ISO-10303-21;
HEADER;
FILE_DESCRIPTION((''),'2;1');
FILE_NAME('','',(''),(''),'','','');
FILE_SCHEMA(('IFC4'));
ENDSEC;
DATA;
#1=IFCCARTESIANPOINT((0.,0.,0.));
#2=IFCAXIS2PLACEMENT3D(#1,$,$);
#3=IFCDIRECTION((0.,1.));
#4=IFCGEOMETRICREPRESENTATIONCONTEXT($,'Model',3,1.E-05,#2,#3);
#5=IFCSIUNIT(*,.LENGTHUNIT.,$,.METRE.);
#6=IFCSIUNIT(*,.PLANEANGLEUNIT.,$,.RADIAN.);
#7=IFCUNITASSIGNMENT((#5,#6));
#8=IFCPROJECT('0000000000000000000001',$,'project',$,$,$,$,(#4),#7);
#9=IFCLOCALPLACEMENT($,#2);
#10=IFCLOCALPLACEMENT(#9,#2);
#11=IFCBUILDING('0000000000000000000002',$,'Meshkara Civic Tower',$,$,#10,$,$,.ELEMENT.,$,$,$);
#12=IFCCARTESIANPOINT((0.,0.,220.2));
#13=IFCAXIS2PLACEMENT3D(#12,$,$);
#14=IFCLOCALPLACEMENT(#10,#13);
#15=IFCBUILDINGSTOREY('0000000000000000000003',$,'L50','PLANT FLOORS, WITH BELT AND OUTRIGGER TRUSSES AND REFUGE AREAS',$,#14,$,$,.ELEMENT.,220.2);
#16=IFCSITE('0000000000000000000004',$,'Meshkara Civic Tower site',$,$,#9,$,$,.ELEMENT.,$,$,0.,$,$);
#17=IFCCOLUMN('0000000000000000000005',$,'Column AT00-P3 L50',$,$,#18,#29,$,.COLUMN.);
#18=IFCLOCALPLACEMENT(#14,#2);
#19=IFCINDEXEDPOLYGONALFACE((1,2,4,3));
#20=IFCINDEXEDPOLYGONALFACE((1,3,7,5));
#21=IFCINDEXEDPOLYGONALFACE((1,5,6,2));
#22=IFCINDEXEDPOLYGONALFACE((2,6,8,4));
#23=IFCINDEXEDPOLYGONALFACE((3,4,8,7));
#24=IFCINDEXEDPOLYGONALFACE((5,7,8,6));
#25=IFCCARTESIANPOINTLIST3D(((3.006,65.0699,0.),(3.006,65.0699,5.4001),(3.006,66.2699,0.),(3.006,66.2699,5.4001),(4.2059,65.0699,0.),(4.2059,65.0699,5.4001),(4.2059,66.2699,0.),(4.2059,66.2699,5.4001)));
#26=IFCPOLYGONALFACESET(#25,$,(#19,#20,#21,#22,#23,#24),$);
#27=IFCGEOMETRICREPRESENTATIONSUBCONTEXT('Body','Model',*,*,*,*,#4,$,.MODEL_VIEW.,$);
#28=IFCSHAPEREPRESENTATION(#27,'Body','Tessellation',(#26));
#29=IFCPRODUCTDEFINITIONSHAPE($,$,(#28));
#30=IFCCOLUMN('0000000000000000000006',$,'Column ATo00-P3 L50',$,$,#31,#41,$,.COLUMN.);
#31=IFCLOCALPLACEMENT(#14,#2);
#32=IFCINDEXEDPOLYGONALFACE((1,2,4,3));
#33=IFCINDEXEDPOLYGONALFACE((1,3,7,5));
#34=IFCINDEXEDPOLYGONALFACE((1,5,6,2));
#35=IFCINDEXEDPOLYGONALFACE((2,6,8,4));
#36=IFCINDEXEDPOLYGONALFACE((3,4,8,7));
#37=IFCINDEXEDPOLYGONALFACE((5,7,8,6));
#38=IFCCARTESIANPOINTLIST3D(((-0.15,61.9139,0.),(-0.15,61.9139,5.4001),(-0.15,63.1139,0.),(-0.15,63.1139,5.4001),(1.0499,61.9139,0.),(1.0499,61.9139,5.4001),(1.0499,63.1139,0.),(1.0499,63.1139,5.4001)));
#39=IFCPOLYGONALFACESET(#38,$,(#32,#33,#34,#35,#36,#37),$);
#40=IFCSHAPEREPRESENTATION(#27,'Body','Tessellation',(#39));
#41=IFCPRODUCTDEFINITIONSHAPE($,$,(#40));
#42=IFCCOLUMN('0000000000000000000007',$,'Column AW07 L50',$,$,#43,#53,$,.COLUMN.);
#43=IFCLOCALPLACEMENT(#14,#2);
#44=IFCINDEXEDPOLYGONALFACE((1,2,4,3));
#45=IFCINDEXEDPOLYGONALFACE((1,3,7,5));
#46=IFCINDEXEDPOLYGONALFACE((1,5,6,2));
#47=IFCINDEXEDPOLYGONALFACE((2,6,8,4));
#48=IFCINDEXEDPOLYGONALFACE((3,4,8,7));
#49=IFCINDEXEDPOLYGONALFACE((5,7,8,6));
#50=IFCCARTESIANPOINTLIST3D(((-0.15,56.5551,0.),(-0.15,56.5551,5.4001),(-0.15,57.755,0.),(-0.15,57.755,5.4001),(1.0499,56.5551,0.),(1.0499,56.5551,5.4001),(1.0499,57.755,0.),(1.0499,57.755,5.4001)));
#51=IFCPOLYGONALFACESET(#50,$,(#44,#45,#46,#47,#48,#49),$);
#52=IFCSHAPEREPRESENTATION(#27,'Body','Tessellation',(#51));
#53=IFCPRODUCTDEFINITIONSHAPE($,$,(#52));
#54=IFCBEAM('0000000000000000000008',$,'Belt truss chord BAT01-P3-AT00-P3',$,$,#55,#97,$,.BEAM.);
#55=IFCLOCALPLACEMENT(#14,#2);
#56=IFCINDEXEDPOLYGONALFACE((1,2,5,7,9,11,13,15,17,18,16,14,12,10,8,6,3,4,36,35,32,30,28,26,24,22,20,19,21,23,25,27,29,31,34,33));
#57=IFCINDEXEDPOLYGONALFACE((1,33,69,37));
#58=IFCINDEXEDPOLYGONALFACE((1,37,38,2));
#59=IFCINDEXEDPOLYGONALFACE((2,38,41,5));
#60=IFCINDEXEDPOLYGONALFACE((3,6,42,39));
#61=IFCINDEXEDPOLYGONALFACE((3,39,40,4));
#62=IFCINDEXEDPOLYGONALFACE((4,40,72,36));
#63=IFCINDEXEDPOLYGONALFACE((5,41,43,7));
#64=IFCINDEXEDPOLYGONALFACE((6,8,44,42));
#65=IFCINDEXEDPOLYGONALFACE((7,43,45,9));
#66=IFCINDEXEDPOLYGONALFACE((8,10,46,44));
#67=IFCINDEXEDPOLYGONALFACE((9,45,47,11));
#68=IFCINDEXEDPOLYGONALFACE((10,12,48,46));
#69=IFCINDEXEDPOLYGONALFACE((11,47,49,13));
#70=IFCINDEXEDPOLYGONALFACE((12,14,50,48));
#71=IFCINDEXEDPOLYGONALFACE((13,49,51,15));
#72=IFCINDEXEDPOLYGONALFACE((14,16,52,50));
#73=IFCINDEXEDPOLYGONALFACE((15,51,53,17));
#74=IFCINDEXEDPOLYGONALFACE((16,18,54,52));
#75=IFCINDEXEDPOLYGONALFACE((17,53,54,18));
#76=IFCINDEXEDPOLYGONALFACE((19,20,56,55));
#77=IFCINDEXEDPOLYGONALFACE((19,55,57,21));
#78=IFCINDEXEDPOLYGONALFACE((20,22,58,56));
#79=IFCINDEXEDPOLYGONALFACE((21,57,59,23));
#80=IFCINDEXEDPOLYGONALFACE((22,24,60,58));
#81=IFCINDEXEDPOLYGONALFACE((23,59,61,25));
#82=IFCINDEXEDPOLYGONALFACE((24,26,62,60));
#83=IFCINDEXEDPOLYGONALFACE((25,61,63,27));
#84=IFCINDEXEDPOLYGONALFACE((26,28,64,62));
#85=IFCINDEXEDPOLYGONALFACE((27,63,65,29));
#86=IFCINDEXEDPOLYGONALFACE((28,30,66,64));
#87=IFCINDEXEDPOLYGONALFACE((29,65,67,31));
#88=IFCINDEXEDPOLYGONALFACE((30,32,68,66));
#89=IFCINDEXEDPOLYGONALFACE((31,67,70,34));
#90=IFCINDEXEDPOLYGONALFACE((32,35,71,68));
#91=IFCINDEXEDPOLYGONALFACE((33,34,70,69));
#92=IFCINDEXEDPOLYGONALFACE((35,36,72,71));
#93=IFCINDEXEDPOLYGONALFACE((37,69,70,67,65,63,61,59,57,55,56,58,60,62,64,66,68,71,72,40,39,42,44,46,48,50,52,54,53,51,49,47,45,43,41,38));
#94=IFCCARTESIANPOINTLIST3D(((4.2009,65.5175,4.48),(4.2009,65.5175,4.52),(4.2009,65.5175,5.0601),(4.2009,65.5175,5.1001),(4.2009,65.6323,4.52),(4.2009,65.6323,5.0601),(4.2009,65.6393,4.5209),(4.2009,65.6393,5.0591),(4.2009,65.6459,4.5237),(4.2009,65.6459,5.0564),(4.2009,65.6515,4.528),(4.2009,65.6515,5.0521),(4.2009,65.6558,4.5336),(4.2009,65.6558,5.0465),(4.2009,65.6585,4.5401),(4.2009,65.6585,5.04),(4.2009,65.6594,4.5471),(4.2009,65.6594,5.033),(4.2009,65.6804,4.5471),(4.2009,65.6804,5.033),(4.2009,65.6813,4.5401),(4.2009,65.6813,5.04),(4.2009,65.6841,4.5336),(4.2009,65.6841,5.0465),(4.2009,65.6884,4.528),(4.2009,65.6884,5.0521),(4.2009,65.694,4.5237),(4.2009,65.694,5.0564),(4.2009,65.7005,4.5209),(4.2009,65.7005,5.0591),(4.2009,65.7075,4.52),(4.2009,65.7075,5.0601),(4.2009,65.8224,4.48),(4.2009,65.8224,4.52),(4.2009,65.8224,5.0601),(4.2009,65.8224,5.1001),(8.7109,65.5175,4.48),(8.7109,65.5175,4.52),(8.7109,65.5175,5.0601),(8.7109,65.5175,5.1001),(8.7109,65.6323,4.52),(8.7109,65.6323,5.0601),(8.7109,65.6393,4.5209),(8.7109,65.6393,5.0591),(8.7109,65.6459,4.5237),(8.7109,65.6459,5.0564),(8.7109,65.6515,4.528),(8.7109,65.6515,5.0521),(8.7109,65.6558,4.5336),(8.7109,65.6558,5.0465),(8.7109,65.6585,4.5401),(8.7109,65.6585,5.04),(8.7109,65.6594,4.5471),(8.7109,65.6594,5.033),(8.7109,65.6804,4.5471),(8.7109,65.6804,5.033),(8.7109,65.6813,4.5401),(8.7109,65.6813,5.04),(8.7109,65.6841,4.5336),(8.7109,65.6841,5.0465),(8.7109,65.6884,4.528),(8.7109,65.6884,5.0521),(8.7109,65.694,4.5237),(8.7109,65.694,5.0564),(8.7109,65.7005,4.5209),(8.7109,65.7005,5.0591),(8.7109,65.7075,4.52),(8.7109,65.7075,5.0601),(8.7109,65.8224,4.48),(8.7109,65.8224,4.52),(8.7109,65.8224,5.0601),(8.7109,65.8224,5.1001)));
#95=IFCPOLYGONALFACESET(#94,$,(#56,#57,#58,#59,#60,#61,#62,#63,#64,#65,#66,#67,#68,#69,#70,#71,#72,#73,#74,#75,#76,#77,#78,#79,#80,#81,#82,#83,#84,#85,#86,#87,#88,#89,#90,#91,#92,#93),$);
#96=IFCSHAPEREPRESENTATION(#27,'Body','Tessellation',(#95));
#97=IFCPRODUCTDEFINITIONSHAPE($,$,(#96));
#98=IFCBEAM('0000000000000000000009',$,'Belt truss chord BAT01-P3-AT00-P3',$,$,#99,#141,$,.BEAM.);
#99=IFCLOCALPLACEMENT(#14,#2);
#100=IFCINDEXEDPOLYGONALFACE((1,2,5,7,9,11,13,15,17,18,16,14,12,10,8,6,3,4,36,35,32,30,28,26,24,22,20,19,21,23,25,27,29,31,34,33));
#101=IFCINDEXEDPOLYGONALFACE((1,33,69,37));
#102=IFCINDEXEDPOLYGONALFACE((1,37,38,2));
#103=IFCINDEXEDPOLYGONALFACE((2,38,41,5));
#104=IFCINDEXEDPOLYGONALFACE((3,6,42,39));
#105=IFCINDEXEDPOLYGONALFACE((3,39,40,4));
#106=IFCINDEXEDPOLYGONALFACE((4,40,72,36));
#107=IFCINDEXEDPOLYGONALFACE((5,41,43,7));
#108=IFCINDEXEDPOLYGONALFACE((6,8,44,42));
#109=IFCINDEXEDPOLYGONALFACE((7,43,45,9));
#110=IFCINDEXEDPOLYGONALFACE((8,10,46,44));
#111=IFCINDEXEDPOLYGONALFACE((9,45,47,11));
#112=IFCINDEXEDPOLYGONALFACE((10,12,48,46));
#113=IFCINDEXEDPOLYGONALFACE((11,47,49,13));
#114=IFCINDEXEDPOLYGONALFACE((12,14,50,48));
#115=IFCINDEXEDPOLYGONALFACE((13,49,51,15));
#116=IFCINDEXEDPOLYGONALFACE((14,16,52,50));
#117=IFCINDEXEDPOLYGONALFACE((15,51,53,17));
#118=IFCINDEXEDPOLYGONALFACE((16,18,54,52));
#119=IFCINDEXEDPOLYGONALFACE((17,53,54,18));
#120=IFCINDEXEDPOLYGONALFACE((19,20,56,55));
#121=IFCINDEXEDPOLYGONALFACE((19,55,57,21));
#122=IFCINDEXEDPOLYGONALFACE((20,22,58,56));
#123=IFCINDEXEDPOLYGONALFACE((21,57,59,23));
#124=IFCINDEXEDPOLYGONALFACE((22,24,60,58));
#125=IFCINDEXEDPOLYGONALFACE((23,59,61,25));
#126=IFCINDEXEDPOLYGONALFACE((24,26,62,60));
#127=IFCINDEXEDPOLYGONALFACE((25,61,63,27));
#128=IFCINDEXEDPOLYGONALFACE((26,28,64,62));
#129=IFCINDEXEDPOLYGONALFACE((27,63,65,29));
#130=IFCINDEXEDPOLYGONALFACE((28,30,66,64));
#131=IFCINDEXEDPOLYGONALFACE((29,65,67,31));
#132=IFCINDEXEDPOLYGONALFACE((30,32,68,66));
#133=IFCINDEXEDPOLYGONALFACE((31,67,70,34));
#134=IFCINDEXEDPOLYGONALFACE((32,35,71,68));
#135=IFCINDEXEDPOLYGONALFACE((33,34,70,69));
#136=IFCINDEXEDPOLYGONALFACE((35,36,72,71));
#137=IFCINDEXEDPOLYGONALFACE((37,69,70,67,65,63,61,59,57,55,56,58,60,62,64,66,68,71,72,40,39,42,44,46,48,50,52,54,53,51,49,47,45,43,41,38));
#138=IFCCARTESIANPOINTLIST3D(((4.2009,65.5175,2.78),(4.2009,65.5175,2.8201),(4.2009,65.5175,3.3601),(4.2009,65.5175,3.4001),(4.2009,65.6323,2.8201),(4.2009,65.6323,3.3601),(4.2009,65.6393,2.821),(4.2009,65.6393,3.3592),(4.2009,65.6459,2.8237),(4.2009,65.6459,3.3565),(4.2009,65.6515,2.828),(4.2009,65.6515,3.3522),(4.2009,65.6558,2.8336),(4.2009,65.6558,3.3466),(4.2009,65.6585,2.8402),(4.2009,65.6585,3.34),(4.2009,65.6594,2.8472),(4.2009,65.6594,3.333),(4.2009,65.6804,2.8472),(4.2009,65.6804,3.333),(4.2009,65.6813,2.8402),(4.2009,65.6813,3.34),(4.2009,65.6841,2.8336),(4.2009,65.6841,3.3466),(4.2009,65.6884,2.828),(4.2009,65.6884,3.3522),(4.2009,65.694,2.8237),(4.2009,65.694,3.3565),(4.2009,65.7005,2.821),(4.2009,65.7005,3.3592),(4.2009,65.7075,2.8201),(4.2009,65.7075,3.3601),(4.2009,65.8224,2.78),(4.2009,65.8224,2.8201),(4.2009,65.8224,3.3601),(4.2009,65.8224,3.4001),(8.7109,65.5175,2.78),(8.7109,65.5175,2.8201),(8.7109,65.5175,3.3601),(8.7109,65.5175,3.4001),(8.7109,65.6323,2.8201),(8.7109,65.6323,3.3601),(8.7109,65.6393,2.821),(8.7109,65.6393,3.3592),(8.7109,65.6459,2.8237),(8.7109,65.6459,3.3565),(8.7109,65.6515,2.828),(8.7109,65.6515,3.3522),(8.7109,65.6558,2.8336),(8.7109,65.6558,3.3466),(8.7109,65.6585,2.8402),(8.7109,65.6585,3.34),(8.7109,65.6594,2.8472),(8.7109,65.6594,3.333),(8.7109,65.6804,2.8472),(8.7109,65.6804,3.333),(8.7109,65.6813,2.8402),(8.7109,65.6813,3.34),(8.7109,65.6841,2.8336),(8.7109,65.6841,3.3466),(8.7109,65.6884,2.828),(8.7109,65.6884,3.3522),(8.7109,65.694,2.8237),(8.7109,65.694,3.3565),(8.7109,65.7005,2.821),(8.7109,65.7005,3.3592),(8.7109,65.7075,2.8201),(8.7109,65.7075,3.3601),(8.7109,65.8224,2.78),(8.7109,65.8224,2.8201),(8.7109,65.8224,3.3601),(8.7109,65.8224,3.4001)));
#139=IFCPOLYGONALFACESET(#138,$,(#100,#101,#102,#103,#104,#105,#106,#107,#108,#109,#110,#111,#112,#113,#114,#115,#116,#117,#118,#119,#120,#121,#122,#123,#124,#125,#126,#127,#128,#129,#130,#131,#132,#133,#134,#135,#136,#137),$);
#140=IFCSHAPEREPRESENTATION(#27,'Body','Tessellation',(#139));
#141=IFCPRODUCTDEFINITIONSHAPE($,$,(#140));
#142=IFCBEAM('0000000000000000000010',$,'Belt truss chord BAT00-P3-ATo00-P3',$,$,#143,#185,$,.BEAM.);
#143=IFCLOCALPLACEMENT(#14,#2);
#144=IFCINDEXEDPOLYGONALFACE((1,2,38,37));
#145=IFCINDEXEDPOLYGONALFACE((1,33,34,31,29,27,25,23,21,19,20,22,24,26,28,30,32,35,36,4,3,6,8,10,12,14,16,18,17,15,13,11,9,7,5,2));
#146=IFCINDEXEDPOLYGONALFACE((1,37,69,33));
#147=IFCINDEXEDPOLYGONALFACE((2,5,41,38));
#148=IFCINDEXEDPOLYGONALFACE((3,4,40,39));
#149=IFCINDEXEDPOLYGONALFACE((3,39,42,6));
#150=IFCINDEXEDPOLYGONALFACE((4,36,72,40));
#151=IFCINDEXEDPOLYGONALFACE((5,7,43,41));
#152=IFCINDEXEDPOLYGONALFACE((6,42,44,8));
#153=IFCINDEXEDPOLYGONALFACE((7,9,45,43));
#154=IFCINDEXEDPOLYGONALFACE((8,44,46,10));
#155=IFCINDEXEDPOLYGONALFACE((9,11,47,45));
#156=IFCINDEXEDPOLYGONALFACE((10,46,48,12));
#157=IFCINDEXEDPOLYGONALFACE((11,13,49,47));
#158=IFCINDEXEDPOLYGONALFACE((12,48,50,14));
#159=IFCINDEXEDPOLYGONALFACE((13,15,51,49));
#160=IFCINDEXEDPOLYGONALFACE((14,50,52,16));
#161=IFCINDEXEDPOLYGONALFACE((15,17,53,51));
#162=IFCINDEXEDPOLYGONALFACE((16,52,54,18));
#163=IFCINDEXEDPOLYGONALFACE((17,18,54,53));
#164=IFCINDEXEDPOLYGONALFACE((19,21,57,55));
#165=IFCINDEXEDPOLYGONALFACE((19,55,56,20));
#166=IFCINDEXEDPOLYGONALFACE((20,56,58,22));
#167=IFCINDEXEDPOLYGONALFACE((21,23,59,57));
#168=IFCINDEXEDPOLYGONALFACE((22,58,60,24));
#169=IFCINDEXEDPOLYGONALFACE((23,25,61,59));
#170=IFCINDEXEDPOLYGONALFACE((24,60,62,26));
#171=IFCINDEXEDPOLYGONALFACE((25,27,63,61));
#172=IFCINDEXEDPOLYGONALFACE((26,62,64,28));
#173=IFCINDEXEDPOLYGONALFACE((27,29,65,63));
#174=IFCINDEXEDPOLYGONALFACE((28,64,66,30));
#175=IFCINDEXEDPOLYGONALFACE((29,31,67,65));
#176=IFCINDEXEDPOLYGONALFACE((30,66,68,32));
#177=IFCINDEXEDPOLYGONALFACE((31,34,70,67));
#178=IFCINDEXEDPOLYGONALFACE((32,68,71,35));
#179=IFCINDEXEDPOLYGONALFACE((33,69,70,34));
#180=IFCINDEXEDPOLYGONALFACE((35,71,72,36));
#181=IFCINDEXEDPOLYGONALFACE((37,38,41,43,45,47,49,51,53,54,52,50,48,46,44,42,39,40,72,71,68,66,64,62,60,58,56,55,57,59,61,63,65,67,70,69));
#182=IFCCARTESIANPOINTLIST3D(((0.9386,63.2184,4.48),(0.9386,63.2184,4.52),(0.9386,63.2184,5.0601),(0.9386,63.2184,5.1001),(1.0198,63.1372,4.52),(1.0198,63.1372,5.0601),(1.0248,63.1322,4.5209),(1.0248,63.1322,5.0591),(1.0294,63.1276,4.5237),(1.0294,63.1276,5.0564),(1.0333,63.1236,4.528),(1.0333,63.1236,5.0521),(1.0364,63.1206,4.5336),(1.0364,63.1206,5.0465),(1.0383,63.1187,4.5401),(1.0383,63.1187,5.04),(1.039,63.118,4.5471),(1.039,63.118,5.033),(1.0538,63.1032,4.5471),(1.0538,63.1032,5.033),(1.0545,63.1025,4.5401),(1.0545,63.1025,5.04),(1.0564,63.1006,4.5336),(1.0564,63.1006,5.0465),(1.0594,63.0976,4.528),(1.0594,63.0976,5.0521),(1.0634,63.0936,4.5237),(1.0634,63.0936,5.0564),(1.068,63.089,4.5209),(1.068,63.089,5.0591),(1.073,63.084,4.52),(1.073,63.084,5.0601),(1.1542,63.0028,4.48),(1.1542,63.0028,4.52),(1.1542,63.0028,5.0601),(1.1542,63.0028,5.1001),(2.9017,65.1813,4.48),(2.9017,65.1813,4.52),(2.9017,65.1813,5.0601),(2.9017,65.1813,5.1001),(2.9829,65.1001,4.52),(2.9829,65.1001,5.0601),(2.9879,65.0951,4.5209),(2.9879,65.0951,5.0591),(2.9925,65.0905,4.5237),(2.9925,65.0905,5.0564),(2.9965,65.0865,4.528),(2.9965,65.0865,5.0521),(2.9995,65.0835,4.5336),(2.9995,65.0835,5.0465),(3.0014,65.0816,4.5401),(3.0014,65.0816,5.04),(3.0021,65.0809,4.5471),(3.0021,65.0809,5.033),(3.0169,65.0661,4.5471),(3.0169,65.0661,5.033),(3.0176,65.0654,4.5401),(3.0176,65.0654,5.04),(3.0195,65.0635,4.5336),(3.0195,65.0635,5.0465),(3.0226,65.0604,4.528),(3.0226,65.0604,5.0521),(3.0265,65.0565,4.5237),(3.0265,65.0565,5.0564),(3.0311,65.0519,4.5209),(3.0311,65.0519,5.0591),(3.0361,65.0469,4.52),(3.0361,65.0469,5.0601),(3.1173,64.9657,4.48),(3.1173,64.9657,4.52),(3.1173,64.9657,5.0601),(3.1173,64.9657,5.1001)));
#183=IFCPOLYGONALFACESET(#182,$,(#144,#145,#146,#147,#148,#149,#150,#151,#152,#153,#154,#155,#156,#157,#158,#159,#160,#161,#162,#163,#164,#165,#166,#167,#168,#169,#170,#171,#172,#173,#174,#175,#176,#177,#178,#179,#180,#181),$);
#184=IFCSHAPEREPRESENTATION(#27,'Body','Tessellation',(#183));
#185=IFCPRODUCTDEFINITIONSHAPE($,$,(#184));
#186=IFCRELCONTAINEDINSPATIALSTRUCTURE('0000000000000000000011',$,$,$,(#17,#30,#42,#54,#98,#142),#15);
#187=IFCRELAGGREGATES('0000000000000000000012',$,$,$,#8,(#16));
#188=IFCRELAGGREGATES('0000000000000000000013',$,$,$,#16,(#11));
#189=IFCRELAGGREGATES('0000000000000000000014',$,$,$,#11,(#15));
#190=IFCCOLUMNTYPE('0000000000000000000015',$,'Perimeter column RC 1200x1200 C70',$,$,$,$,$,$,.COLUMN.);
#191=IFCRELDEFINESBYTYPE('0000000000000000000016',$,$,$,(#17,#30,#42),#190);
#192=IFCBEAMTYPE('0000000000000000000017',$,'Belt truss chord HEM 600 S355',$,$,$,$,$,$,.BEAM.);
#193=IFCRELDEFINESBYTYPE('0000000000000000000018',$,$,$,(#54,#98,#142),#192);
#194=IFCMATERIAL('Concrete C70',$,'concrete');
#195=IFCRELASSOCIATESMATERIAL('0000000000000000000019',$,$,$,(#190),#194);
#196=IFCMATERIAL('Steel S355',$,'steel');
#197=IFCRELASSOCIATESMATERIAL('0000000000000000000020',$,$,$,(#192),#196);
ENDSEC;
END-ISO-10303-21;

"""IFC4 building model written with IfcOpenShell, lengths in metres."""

from ifc_helpers import new_model, si_unit, direction, frame, origin, origin_2d, place, context, subcontext, project, spatial, rectangle, i_section, extrude, material, material_profile, profile_set, type_object, element, save


model = new_model("IFC4")

# Units and contexts
model_context = context("Model", 3, precision=1e-05, world=origin(), true_north=direction((0.0, 1.0)))
body_context = subcontext(model_context, "Body", "Model", "MODEL_VIEW")
ifc_project = project(units=[si_unit("LENGTHUNIT", "METRE"), si_unit("PLANEANGLEUNIT", "RADIAN")], contexts=[model_context])

# Site, building, storey
site_placement = place(None, origin())
site = spatial("IfcSite", under=ifc_project, at=site_placement, Name="Meshkara Civic Tower site", CompositionType="ELEMENT", RefElevation=0.0)
building_placement = place(site_placement, origin())
building = spatial("IfcBuilding", under=site, at=building_placement, Name="Meshkara Civic Tower", CompositionType="ELEMENT")
storey_placement = place(building_placement, frame((0.0, 0.0, 220.2)))
storey = spatial("IfcBuildingStorey", under=building, at=storey_placement, Name="L50", Description="PLANT FLOORS, WITH BELT AND OUTRIGGER TRUSSES AND REFUGE AREAS", CompositionType="ELEMENT", Elevation=220.2)

# Columns
ifc_material_1 = material(Name="Concrete C70", Category="concrete")
ifc_material_profile_1 = material_profile(ifc_material_1, rectangle(XDim=1.2, YDim=1.2, at=origin_2d()))
ifc_profile_set_1 = profile_set([ifc_material_profile_1], Name="Concrete C70")
column_type = type_object("IfcColumnType", Name="Perimeter column RC 1200x1200 C70", PredefinedType="COLUMN", material=ifc_profile_set_1)
for number, where, z_axis, x_axis, name in (
    (1, (3.606, 65.6699, 0.0), (0.0, 0.0, 1.0), (1.0, 0.0, 0.0), "Column AT00-P3 L50"),
    (2, (0.45, 62.5139, 0.0), (0.0, 0.0, 1.0), (1.0, 0.0, 0.0), "Column ATo00-P3 L50"),
    (3, (0.45, 57.155, 0.0), (0.0, 0.0, 1.0), (1.0, 0.0, 0.0), "Column AW07 L50"),
):
    element("IfcColumn", number, at=place(storey_placement, frame(where, z_axis=z_axis, x_axis=x_axis)), inside=storey, type_object=column_type, Name=name, PredefinedType="COLUMN", context=body_context, shape_type="SweptSolid", body=[
        extrude(rectangle(XDim=1.2, YDim=1.2, at=origin_2d()), origin(), (0.0, 0.0, 1.0), 5.4001),
    ])

# Beams
ifc_material_2 = material(Name="Steel S355", Category="steel")
ifc_material_profile_2 = material_profile(ifc_material_2, i_section(OverallWidth=0.3049, OverallDepth=0.6201, WebThickness=0.021, FlangeThickness=0.04, FilletRadius=0.0271, at=origin_2d()))
ifc_profile_set_2 = profile_set([ifc_material_profile_2], Name="Steel S355")
beam_type = type_object("IfcBeamType", Name="Belt truss chord HEM 600 S355", PredefinedType="BEAM", material=ifc_profile_set_2)
for number, where, z_axis, x_axis, name in (
    (4, (8.7109, 65.6699, 4.79), (-1.0, 0.0, 0.0), (0.0, -1.0, 0.0), "Belt truss chord BAT01-P3-AT00-P3"),
    (5, (8.7109, 65.6699, 3.0901), (-1.0, 0.0, 0.0), (0.0, -1.0, 0.0), "Belt truss chord BAT01-P3-AT00-P3"),
):
    element("IfcBeam", number, at=place(storey_placement, frame(where, z_axis=z_axis, x_axis=x_axis)), inside=storey, type_object=beam_type, Name=name, PredefinedType="BEAM", context=body_context, shape_type="SweptSolid", body=[
        extrude(i_section(OverallWidth=0.3049, OverallDepth=0.6201, WebThickness=0.021, FlangeThickness=0.04, FilletRadius=0.0271, at=origin_2d()), origin(), (0.0, 0.0, 1.0), 4.51),
    ])
for number, where, z_axis, x_axis, name in (
    (6, (3.0095, 65.0735, 4.79), (-0.707151, -0.707063, 0.0), (0.707063, -0.707151, 0.0), "Belt truss chord BAT00-P3-ATo00-P3"),
):
    element("IfcBeam", number, at=place(storey_placement, frame(where, z_axis=z_axis, x_axis=x_axis)), inside=storey, type_object=beam_type, Name=name, PredefinedType="BEAM", context=body_context, shape_type="SweptSolid", body=[
        extrude(i_section(OverallWidth=0.3049, OverallDepth=0.6201, WebThickness=0.021, FlangeThickness=0.04, FilletRadius=0.0271, at=origin_2d()), origin(), (0.0, 0.0, 1.0), 2.7761),
    ])

save(model, "model.ifc")
